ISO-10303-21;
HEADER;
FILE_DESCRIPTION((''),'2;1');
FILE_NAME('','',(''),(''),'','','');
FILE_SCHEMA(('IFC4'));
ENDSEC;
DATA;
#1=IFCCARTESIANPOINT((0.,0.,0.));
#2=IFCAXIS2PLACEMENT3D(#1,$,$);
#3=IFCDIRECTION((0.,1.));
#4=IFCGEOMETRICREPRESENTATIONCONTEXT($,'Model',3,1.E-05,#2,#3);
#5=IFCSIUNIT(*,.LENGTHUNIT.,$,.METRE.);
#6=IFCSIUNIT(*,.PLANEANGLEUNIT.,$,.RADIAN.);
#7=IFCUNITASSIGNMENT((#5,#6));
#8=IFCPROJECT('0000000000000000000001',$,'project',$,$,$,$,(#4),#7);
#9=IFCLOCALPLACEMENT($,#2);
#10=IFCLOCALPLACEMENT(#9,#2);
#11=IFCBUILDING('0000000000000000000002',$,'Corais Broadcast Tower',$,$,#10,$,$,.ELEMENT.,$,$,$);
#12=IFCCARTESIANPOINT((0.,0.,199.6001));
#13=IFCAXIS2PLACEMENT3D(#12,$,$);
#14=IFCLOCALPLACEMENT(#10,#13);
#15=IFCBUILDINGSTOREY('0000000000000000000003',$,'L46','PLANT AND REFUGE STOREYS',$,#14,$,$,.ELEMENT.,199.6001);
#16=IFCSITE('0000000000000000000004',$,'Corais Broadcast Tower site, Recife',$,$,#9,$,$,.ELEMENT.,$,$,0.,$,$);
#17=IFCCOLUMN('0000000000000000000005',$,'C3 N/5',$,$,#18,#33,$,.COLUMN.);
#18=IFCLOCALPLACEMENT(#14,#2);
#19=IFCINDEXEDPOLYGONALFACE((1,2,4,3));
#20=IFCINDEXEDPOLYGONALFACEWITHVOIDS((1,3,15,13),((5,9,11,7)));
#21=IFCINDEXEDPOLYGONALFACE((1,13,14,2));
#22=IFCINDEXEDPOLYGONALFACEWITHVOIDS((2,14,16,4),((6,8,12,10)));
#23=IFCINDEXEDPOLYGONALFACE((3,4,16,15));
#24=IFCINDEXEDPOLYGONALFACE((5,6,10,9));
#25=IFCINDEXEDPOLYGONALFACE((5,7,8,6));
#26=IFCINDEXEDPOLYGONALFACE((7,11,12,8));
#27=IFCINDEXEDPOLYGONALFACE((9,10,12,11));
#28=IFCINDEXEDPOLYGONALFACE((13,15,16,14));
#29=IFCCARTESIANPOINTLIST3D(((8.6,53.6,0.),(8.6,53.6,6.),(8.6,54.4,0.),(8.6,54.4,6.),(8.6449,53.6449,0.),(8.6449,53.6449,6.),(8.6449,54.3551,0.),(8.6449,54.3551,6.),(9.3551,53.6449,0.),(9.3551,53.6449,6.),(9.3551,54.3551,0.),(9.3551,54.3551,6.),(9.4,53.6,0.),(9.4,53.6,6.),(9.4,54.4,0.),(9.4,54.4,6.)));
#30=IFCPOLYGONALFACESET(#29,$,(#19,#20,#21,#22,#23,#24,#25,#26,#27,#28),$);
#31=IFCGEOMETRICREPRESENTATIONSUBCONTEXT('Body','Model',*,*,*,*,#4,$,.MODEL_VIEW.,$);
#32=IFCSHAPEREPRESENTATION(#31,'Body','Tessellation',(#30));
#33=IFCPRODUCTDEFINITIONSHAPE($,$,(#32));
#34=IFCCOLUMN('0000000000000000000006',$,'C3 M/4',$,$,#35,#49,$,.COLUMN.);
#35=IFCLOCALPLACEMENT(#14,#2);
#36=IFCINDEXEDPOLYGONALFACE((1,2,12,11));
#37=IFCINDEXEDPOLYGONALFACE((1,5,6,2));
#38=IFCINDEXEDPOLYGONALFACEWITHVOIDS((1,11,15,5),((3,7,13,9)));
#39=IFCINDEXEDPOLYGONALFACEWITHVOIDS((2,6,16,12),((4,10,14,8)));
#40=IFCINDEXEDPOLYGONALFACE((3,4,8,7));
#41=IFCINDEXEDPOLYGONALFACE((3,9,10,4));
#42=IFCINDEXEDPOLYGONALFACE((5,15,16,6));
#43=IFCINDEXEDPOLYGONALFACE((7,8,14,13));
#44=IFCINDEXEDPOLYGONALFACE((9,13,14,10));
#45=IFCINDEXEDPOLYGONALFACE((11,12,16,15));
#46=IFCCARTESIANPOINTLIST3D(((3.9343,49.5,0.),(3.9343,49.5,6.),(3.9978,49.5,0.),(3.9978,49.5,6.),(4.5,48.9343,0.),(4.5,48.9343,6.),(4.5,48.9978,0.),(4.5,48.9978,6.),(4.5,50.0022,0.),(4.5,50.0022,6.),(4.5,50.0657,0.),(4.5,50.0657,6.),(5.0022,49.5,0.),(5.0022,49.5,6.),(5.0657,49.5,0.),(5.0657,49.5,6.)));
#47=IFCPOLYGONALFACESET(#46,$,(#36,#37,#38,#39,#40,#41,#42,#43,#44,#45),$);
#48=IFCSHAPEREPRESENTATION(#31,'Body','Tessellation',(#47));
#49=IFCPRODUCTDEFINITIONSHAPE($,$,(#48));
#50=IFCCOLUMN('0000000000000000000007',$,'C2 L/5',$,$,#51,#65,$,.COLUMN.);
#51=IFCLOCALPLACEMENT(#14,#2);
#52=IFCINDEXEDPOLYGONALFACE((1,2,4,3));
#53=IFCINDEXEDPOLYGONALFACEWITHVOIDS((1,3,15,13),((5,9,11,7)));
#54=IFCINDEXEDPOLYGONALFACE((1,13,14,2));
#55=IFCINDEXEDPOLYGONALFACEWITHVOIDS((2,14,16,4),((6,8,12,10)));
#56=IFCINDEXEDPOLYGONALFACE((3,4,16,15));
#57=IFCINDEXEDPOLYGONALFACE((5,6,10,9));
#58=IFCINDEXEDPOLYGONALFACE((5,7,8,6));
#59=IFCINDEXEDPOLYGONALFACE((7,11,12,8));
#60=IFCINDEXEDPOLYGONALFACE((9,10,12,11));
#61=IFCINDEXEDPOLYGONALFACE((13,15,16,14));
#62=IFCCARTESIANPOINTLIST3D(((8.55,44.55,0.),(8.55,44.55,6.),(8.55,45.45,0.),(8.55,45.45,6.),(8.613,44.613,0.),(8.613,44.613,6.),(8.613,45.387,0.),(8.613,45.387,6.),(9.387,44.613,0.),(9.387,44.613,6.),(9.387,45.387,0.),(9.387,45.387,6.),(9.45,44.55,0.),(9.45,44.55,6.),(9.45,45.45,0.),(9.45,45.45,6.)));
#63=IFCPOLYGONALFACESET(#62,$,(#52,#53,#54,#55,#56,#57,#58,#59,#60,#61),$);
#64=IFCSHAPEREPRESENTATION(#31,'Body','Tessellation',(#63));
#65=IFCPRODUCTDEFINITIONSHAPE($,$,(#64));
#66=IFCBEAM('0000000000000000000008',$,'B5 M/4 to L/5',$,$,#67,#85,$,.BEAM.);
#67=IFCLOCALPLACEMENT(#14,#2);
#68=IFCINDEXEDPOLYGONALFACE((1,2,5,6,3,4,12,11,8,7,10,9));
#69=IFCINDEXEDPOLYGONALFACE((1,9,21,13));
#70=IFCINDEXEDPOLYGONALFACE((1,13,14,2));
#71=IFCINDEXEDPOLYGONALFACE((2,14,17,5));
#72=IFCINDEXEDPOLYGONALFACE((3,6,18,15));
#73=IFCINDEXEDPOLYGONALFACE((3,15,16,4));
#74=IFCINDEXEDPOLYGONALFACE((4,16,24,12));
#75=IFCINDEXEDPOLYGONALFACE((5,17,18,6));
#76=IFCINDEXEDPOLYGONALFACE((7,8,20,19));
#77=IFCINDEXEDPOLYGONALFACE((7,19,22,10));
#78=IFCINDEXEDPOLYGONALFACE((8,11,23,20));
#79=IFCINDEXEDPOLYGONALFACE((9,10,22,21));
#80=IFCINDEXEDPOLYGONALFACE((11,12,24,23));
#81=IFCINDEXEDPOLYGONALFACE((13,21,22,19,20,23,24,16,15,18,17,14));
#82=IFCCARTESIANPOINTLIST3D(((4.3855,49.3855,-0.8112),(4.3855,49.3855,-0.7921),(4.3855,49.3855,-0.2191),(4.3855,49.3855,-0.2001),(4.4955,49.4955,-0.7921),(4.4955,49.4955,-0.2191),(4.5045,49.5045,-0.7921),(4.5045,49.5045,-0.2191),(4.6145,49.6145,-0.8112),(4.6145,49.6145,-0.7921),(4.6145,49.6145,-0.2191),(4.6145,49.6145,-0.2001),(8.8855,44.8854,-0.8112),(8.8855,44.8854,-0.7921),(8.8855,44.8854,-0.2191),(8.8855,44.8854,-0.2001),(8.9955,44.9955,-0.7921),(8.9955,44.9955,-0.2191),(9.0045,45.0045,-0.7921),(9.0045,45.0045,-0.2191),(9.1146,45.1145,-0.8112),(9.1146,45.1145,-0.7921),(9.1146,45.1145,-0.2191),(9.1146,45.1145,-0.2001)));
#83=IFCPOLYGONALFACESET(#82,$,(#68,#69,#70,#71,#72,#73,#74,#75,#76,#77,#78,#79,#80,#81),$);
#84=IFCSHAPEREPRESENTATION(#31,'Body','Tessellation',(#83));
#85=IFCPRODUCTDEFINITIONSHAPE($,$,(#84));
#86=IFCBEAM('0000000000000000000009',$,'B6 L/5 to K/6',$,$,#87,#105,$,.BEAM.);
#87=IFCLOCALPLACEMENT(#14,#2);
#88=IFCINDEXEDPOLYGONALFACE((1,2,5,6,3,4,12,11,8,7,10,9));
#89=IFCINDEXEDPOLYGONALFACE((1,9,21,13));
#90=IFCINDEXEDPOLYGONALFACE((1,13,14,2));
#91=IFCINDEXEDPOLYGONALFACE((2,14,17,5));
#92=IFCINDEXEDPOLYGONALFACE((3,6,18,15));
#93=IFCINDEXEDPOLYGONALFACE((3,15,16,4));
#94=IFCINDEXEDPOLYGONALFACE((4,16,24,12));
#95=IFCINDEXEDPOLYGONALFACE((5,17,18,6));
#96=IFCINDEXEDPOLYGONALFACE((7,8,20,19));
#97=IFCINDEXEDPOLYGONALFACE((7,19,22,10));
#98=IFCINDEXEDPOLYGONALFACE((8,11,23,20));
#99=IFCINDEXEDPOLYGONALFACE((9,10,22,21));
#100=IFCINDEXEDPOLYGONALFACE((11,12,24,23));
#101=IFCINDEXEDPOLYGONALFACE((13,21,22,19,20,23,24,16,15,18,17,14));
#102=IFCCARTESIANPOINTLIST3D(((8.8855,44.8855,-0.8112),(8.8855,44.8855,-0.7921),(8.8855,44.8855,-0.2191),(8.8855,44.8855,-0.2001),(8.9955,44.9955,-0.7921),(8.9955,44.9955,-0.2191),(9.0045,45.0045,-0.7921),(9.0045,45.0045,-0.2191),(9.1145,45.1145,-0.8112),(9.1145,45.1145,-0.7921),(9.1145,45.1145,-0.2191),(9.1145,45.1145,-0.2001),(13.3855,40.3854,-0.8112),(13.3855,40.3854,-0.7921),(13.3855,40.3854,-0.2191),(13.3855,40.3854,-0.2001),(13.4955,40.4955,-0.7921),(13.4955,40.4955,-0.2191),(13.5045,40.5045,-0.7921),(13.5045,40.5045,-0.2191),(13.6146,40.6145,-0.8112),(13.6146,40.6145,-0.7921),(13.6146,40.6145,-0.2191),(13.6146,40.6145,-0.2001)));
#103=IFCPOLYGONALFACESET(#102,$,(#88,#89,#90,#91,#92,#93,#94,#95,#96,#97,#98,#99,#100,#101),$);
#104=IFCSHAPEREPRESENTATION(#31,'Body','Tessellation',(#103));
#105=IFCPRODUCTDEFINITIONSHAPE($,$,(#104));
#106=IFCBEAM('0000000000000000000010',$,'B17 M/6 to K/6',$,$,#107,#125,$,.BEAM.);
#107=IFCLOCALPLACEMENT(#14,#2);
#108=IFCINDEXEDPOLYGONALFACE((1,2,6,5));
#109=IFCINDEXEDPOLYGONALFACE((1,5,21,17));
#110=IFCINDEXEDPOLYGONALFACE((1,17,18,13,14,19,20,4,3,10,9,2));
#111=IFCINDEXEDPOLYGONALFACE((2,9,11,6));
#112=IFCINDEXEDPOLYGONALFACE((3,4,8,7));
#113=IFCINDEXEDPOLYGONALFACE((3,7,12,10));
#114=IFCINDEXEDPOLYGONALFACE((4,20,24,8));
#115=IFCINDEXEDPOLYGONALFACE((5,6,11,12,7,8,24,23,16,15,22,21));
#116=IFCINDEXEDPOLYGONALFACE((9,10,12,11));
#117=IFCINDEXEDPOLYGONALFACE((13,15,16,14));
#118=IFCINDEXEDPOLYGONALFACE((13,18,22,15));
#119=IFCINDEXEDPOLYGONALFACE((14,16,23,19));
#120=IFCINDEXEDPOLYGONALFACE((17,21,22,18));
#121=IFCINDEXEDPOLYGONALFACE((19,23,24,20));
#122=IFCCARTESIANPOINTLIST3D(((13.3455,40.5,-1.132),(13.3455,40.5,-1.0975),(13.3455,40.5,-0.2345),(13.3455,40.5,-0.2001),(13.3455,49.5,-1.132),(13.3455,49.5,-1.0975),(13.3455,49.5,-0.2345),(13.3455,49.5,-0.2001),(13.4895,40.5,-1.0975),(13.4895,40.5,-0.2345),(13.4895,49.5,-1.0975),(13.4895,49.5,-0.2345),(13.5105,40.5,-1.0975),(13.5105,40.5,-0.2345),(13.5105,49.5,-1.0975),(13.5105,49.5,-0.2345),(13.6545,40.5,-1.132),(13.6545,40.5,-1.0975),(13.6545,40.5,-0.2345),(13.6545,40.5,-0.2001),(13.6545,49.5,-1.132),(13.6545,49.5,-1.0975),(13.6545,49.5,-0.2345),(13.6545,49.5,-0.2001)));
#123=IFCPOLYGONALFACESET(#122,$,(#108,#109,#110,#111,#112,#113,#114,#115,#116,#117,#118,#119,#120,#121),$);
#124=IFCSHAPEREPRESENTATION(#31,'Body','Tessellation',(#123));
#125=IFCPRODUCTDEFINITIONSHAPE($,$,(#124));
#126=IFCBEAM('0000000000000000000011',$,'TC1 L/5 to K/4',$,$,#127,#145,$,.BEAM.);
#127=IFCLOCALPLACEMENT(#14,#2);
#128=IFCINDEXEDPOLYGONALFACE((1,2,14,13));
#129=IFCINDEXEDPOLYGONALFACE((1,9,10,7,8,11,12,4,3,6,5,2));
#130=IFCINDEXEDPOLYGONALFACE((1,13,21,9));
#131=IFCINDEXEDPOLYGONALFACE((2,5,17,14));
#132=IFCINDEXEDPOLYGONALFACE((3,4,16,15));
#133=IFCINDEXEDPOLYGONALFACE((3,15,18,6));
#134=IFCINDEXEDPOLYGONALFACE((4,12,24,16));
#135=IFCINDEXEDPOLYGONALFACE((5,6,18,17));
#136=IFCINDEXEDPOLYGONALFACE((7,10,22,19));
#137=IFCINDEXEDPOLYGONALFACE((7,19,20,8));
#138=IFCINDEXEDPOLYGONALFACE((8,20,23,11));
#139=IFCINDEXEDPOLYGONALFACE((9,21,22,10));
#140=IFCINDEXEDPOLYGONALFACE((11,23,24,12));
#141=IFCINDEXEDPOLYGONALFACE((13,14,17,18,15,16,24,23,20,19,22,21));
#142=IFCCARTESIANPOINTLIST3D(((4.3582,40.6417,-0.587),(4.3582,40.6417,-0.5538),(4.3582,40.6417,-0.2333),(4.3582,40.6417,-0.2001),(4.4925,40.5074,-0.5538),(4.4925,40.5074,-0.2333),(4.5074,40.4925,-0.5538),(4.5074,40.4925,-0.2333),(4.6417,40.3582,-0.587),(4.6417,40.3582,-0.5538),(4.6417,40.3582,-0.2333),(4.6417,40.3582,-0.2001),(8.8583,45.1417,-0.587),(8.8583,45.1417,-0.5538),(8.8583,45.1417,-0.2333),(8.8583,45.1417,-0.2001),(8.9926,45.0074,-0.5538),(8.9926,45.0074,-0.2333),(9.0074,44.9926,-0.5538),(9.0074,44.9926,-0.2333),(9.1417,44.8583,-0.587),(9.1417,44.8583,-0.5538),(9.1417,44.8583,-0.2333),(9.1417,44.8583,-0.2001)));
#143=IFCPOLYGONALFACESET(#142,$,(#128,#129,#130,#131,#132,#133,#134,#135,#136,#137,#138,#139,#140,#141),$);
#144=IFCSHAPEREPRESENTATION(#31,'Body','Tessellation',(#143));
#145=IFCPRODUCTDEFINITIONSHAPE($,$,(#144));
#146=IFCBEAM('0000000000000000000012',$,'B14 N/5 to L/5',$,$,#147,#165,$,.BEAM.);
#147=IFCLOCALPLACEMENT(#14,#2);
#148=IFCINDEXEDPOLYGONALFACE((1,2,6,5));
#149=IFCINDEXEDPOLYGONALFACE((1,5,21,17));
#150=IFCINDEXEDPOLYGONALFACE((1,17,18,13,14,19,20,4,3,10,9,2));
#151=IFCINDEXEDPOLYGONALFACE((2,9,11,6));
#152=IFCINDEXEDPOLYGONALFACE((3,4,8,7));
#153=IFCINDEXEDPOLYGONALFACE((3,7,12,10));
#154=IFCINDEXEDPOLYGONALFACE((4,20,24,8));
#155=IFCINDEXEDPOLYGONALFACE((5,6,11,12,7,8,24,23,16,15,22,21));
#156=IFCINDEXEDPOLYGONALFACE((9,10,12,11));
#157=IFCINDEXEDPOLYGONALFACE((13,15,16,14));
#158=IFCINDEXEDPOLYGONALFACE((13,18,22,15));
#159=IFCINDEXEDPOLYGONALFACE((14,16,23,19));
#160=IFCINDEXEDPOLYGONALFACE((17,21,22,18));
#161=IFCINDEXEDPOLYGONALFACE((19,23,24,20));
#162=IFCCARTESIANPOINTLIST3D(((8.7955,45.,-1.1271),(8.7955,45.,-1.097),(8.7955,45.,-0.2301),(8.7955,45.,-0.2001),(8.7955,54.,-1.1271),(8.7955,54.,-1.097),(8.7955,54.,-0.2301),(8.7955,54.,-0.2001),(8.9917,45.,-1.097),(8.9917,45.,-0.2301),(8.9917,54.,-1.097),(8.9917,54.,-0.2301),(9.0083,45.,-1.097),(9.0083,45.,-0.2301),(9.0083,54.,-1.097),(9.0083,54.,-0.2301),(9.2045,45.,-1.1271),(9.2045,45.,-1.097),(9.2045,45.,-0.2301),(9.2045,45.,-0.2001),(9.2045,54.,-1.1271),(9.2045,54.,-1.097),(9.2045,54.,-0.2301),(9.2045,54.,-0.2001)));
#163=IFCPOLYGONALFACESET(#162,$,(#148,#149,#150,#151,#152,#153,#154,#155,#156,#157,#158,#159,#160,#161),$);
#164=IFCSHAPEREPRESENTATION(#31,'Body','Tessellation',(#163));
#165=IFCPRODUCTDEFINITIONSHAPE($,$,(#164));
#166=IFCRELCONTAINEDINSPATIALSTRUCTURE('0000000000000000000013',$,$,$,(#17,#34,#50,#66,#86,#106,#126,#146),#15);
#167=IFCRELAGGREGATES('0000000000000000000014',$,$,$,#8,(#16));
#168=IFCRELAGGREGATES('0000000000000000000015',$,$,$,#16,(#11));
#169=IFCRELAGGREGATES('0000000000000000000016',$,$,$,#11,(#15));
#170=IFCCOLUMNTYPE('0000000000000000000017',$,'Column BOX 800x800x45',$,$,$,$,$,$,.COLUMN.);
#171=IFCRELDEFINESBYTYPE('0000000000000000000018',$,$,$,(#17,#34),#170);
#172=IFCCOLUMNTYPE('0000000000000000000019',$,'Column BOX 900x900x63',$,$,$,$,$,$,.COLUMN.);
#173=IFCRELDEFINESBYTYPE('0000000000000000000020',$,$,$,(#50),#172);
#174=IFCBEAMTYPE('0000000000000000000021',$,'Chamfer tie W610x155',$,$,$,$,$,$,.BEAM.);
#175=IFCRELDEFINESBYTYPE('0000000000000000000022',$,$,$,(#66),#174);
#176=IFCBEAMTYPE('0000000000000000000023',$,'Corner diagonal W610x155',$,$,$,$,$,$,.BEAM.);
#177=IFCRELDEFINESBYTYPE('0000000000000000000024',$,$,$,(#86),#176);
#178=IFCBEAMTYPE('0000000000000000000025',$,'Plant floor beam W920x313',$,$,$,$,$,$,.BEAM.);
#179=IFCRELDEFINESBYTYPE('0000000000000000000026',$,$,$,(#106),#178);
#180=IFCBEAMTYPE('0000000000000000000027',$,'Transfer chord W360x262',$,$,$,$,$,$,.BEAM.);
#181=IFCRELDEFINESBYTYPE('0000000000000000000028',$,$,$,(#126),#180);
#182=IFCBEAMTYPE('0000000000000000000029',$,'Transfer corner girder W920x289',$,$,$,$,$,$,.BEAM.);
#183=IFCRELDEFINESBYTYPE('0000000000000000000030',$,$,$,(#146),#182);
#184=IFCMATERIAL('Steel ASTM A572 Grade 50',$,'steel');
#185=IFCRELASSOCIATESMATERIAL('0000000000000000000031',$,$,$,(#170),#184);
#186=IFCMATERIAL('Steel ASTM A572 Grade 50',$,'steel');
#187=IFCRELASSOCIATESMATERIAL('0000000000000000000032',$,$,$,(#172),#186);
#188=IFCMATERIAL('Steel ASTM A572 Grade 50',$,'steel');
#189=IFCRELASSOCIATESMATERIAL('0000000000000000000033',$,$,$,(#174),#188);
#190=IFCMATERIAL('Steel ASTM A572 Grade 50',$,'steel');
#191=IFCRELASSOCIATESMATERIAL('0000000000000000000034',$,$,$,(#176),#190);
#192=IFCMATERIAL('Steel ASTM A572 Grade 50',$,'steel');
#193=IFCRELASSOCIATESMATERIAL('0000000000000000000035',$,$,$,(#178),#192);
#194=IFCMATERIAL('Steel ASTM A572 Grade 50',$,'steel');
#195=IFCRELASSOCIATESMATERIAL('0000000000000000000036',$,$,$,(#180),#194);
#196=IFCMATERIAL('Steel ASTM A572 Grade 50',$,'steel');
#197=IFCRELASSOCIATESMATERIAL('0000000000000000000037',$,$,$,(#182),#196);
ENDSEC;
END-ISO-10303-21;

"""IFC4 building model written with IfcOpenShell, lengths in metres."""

from ifc_helpers import new_model, si_unit, direction, frame, origin, origin_2d, place, context, subcontext, project, spatial, hollow_rectangle, i_section, extrude, material, material_profile, profile_set, type_object, element, save


model = new_model("IFC4")

# Units and contexts
model_context = context("Model", 3, precision=1e-05, world=origin(), true_north=direction((0.0, 1.0)))
body_context = subcontext(model_context, "Body", "Model", "MODEL_VIEW")
ifc_project = project(units=[si_unit("LENGTHUNIT", "METRE"), si_unit("PLANEANGLEUNIT", "RADIAN")], contexts=[model_context])

# Site, building, storey
site_placement = place(None, origin())
site = spatial("IfcSite", under=ifc_project, at=site_placement, Name="Corais Broadcast Tower site, Recife", CompositionType="ELEMENT", RefElevation=0.0)
building_placement = place(site_placement, origin())
building = spatial("IfcBuilding", under=site, at=building_placement, Name="Corais Broadcast Tower", CompositionType="ELEMENT")
storey_placement = place(building_placement, frame((0.0, 0.0, 199.6001)))
storey = spatial("IfcBuildingStorey", under=building, at=storey_placement, Name="L46", Description="PLANT AND REFUGE STOREYS", CompositionType="ELEMENT", Elevation=199.6001)

# Columns
ifc_material_1 = material(Name="Steel ASTM A572 Grade 50", Category="steel")
ifc_material_profile_1 = material_profile(ifc_material_1, hollow_rectangle(XDim=0.8, YDim=0.8, WallThickness=0.0449, at=origin_2d()), Name="BOX 800x800x45")
ifc_profile_set_1 = profile_set([ifc_material_profile_1], Name="Steel ASTM A572 Grade 50")
column_type_1 = type_object("IfcColumnType", Name="Column BOX 800x800x45", PredefinedType="COLUMN", material=ifc_profile_set_1)
for number, where, z_axis, x_axis, name in (
    (1, (9.0, 54.0, 0.0), (0.0, 0.0, 1.0), (1.0, 0.0, 0.0), "C3 N/5"),
    (2, (4.5, 49.5, 0.0), (0.0, 0.0, 1.0), (0.707107, 0.707107, 0.0), "C3 M/4"),
):
    element("IfcColumn", number, at=place(storey_placement, frame(where, z_axis=z_axis, x_axis=x_axis)), inside=storey, type_object=column_type_1, Name=name, PredefinedType="COLUMN", context=body_context, shape_type="SweptSolid", body=[
        extrude(hollow_rectangle(XDim=0.8, YDim=0.8, WallThickness=0.0449, at=origin_2d()), origin(), (0.0, 0.0, 1.0), 6.0),
    ])
ifc_material_2 = material(Name="Steel ASTM A572 Grade 50", Category="steel")
ifc_material_profile_2 = material_profile(ifc_material_2, hollow_rectangle(XDim=0.8999, YDim=0.8999, WallThickness=0.063, at=origin_2d()), Name="BOX 900x900x63")
ifc_profile_set_2 = profile_set([ifc_material_profile_2], Name="Steel ASTM A572 Grade 50")
column_type_2 = type_object("IfcColumnType", Name="Column BOX 900x900x63", PredefinedType="COLUMN", material=ifc_profile_set_2)
column_placement = place(storey_placement, frame((9.0, 45.0, 0.0), z_axis=(0.0, 0.0, 1.0), x_axis=(1.0, 0.0, 0.0)))
element("IfcColumn", 3, at=column_placement, inside=storey, type_object=column_type_2, Name="C2 L/5", PredefinedType="COLUMN", context=body_context, shape_type="SweptSolid", body=[
    extrude(hollow_rectangle(XDim=0.8999, YDim=0.8999, WallThickness=0.063, at=origin_2d()), origin(), (0.0, 0.0, 1.0), 6.0),
])

# Beams
ifc_material_3 = material(Name="Steel ASTM A572 Grade 50", Category="steel")
ifc_material_profile_3 = material_profile(ifc_material_3, i_section(OverallWidth=0.324, OverallDepth=0.6111, WebThickness=0.0127, FlangeThickness=0.019, at=origin_2d()), Name="W610x155")
ifc_profile_set_3 = profile_set([ifc_material_profile_3], Name="Steel ASTM A572 Grade 50")
beam_type_1 = type_object("IfcBeamType", Name="Chamfer tie W610x155", PredefinedType="BEAM", material=ifc_profile_set_3)
beam_1_placement = place(storey_placement, frame((4.5, 49.5, -0.5056), z_axis=(0.707107, -0.707107, 0.0), x_axis=(0.707107, 0.707107, 0.0)))
element("IfcBeam", 4, at=beam_1_placement, inside=storey, type_object=beam_type_1, Name="B5 M/4 to L/5", PredefinedType="BEAM", context=body_context, shape_type="SweptSolid", body=[
    extrude(i_section(OverallWidth=0.324, OverallDepth=0.6111, WebThickness=0.0127, FlangeThickness=0.019, at=origin_2d()), origin(), (0.0, 0.0, 1.0), 6.364),
])
ifc_material_4 = material(Name="Steel ASTM A572 Grade 50", Category="steel")
ifc_material_profile_4 = material_profile(ifc_material_4, i_section(OverallWidth=0.324, OverallDepth=0.6111, WebThickness=0.0127, FlangeThickness=0.019, at=origin_2d()), Name="W610x155")
ifc_profile_set_4 = profile_set([ifc_material_profile_4], Name="Steel ASTM A572 Grade 50")
beam_type_2 = type_object("IfcBeamType", Name="Corner diagonal W610x155", PredefinedType="BEAM", material=ifc_profile_set_4)
beam_2_placement = place(storey_placement, frame((9.0, 45.0, -0.5056), z_axis=(0.707107, -0.707107, 0.0), x_axis=(0.707107, 0.707107, 0.0)))
element("IfcBeam", 5, at=beam_2_placement, inside=storey, type_object=beam_type_2, Name="B6 L/5 to K/6", PredefinedType="BEAM", context=body_context, shape_type="SweptSolid", body=[
    extrude(i_section(OverallWidth=0.324, OverallDepth=0.6111, WebThickness=0.0127, FlangeThickness=0.019, at=origin_2d()), origin(), (0.0, 0.0, 1.0), 6.364),
])
ifc_material_5 = material(Name="Steel ASTM A572 Grade 50", Category="steel")
ifc_material_profile_5 = material_profile(ifc_material_5, i_section(OverallWidth=0.3091, OverallDepth=0.9319, WebThickness=0.021, FlangeThickness=0.0344, at=origin_2d()), Name="W920x313")
ifc_profile_set_5 = profile_set([ifc_material_profile_5], Name="Steel ASTM A572 Grade 50")
beam_type_3 = type_object("IfcBeamType", Name="Plant floor beam W920x313", PredefinedType="BEAM", material=ifc_profile_set_5)
beam_3_placement = place(storey_placement, frame((13.5, 49.5, -0.666), z_axis=(0.0, -1.0, 0.0), x_axis=(1.0, 0.0, 0.0)))
element("IfcBeam", 6, at=beam_3_placement, inside=storey, type_object=beam_type_3, Name="B17 M/6 to K/6", PredefinedType="BEAM", context=body_context, shape_type="SweptSolid", body=[
    extrude(i_section(OverallWidth=0.3091, OverallDepth=0.9319, WebThickness=0.021, FlangeThickness=0.0344, at=origin_2d()), origin(), (0.0, 0.0, 1.0), 9.0),
])
ifc_material_6 = material(Name="Steel ASTM A572 Grade 50", Category="steel")
ifc_material_profile_6 = material_profile(ifc_material_6, i_section(OverallWidth=0.4009, OverallDepth=0.387, WebThickness=0.021, FlangeThickness=0.0332, at=origin_2d()), Name="W360x262")
ifc_profile_set_6 = profile_set([ifc_material_profile_6], Name="Steel ASTM A572 Grade 50")
beam_type_4 = type_object("IfcBeamType", Name="Transfer chord W360x262", PredefinedType="BEAM", material=ifc_profile_set_6)
beam_4_placement = place(storey_placement, frame((9.0, 45.0, -0.3936), z_axis=(-0.707107, -0.707107, 0.0), x_axis=(0.707107, -0.707107, 0.0)))
element("IfcBeam", 7, at=beam_4_placement, inside=storey, type_object=beam_type_4, Name="TC1 L/5 to K/4", PredefinedType="BEAM", context=body_context, shape_type="SweptSolid", body=[
    extrude(i_section(OverallWidth=0.4009, OverallDepth=0.387, WebThickness=0.021, FlangeThickness=0.0332, at=origin_2d()), origin(), (0.0, 0.0, 1.0), 6.364),
])
ifc_material_7 = material(Name="Steel ASTM A572 Grade 50", Category="steel")
ifc_material_profile_7 = material_profile(ifc_material_7, i_section(OverallWidth=0.4089, OverallDepth=0.927, WebThickness=0.0166, FlangeThickness=0.03, at=origin_2d()), Name="W920x289")
ifc_profile_set_7 = profile_set([ifc_material_profile_7], Name="Steel ASTM A572 Grade 50")
beam_type_5 = type_object("IfcBeamType", Name="Transfer corner girder W920x289", PredefinedType="BEAM", material=ifc_profile_set_7)
beam_5_placement = place(storey_placement, frame((9.0, 54.0, -0.6636), z_axis=(0.0, -1.0, 0.0), x_axis=(1.0, 0.0, 0.0)))
element("IfcBeam", 8, at=beam_5_placement, inside=storey, type_object=beam_type_5, Name="B14 N/5 to L/5", PredefinedType="BEAM", context=body_context, shape_type="SweptSolid", body=[
    extrude(i_section(OverallWidth=0.4089, OverallDepth=0.927, WebThickness=0.0166, FlangeThickness=0.03, at=origin_2d()), origin(), (0.0, 0.0, 1.0), 9.0),
])

save(model, "model.ifc")
